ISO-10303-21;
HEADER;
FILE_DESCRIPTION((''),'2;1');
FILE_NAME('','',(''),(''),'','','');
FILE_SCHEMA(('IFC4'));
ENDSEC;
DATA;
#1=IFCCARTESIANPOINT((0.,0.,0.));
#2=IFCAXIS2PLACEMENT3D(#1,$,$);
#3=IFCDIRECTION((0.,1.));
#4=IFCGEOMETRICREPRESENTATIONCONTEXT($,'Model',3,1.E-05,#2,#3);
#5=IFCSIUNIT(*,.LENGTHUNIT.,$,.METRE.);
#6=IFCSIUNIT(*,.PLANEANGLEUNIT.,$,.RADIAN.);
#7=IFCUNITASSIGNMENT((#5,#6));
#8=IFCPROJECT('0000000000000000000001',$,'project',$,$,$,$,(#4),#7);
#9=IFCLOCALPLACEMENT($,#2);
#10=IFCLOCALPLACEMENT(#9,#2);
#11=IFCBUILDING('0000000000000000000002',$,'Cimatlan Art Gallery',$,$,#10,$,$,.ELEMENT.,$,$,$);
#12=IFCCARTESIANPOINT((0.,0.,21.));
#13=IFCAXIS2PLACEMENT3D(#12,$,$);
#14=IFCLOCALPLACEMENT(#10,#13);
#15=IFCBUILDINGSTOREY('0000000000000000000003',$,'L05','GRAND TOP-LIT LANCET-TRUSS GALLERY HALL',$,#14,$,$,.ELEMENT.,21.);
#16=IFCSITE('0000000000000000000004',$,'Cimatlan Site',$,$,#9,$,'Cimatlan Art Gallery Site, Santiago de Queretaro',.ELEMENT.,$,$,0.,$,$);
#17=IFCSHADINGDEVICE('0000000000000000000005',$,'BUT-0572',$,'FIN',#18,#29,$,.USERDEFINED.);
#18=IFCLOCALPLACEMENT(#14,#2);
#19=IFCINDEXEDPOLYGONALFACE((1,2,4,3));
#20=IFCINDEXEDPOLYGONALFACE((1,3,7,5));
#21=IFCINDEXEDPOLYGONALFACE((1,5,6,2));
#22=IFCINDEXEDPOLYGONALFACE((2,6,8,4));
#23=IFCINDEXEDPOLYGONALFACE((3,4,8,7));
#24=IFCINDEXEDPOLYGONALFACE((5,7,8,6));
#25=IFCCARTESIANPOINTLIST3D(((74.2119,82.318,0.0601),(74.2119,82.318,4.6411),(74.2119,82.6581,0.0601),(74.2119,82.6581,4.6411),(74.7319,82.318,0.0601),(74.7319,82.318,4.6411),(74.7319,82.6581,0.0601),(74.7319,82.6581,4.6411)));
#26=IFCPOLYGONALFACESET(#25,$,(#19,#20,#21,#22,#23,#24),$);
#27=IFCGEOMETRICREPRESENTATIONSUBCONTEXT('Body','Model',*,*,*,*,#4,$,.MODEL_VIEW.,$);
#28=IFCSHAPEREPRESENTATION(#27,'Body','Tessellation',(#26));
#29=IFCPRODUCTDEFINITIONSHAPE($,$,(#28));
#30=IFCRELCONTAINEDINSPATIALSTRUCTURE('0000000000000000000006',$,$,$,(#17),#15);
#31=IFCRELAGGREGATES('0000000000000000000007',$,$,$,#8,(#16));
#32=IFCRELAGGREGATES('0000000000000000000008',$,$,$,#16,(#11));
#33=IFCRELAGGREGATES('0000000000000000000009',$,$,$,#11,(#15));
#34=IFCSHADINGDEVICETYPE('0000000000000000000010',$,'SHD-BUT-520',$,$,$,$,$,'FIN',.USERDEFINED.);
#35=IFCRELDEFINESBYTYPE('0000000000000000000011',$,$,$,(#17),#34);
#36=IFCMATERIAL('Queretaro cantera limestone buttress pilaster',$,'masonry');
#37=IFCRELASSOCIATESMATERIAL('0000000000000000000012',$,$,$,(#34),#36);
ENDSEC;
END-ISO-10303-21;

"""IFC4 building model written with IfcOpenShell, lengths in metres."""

from ifc_helpers import new_model, si_unit, direction, frame, origin, origin_2d, place, context, subcontext, project, spatial, rectangle, extrude, material, type_object, element, save


model = new_model("IFC4")

# Units and contexts
model_context = context("Model", 3, precision=1e-05, world=origin(), true_north=direction((0.0, 1.0)))
body_context = subcontext(model_context, "Body", "Model", "MODEL_VIEW")
ifc_project = project(units=[si_unit("LENGTHUNIT", "METRE"), si_unit("PLANEANGLEUNIT", "RADIAN")], contexts=[model_context])

# Site, building, storey
site_placement = place(None, origin())
site = spatial("IfcSite", under=ifc_project, at=site_placement, Name="Cimatlan Site", LongName="Cimatlan Art Gallery Site, Santiago de Queretaro", CompositionType="ELEMENT", RefElevation=0.0)
building_placement = place(site_placement, origin())
building = spatial("IfcBuilding", under=site, at=building_placement, Name="Cimatlan Art Gallery", CompositionType="ELEMENT")
storey_placement = place(building_placement, frame((0.0, 0.0, 21.0)))
storey = spatial("IfcBuildingStorey", under=building, at=storey_placement, Name="L05", Description="GRAND TOP-LIT LANCET-TRUSS GALLERY HALL", CompositionType="ELEMENT", Elevation=21.0)

# Shading device
ifc_material_1 = material(Name="Queretaro cantera limestone buttress pilaster", Category="masonry")
shading_device_type = type_object("IfcShadingDeviceType", Name="SHD-BUT-520", ElementType="FIN", PredefinedType="USERDEFINED", material=ifc_material_1)
for number, where, z_axis, x_axis, name in (
    (1, (74.4719, 82.488, 0.0601), (0.0, 0.0, 1.0), (0.0, 1.0, 0.0), "BUT-0572"),
):
    element("IfcShadingDevice", number, at=place(storey_placement, frame(where, z_axis=z_axis, x_axis=x_axis)), inside=storey, type_object=shading_device_type, Name=name, ObjectType="FIN", PredefinedType="USERDEFINED", context=body_context, shape_type="SweptSolid", body=[
        extrude(rectangle(XDim=0.3401, YDim=0.52, at=origin_2d()), origin(), (0.0, 0.0, 1.0), 4.5811),
    ])

save(model, "model.ifc")
